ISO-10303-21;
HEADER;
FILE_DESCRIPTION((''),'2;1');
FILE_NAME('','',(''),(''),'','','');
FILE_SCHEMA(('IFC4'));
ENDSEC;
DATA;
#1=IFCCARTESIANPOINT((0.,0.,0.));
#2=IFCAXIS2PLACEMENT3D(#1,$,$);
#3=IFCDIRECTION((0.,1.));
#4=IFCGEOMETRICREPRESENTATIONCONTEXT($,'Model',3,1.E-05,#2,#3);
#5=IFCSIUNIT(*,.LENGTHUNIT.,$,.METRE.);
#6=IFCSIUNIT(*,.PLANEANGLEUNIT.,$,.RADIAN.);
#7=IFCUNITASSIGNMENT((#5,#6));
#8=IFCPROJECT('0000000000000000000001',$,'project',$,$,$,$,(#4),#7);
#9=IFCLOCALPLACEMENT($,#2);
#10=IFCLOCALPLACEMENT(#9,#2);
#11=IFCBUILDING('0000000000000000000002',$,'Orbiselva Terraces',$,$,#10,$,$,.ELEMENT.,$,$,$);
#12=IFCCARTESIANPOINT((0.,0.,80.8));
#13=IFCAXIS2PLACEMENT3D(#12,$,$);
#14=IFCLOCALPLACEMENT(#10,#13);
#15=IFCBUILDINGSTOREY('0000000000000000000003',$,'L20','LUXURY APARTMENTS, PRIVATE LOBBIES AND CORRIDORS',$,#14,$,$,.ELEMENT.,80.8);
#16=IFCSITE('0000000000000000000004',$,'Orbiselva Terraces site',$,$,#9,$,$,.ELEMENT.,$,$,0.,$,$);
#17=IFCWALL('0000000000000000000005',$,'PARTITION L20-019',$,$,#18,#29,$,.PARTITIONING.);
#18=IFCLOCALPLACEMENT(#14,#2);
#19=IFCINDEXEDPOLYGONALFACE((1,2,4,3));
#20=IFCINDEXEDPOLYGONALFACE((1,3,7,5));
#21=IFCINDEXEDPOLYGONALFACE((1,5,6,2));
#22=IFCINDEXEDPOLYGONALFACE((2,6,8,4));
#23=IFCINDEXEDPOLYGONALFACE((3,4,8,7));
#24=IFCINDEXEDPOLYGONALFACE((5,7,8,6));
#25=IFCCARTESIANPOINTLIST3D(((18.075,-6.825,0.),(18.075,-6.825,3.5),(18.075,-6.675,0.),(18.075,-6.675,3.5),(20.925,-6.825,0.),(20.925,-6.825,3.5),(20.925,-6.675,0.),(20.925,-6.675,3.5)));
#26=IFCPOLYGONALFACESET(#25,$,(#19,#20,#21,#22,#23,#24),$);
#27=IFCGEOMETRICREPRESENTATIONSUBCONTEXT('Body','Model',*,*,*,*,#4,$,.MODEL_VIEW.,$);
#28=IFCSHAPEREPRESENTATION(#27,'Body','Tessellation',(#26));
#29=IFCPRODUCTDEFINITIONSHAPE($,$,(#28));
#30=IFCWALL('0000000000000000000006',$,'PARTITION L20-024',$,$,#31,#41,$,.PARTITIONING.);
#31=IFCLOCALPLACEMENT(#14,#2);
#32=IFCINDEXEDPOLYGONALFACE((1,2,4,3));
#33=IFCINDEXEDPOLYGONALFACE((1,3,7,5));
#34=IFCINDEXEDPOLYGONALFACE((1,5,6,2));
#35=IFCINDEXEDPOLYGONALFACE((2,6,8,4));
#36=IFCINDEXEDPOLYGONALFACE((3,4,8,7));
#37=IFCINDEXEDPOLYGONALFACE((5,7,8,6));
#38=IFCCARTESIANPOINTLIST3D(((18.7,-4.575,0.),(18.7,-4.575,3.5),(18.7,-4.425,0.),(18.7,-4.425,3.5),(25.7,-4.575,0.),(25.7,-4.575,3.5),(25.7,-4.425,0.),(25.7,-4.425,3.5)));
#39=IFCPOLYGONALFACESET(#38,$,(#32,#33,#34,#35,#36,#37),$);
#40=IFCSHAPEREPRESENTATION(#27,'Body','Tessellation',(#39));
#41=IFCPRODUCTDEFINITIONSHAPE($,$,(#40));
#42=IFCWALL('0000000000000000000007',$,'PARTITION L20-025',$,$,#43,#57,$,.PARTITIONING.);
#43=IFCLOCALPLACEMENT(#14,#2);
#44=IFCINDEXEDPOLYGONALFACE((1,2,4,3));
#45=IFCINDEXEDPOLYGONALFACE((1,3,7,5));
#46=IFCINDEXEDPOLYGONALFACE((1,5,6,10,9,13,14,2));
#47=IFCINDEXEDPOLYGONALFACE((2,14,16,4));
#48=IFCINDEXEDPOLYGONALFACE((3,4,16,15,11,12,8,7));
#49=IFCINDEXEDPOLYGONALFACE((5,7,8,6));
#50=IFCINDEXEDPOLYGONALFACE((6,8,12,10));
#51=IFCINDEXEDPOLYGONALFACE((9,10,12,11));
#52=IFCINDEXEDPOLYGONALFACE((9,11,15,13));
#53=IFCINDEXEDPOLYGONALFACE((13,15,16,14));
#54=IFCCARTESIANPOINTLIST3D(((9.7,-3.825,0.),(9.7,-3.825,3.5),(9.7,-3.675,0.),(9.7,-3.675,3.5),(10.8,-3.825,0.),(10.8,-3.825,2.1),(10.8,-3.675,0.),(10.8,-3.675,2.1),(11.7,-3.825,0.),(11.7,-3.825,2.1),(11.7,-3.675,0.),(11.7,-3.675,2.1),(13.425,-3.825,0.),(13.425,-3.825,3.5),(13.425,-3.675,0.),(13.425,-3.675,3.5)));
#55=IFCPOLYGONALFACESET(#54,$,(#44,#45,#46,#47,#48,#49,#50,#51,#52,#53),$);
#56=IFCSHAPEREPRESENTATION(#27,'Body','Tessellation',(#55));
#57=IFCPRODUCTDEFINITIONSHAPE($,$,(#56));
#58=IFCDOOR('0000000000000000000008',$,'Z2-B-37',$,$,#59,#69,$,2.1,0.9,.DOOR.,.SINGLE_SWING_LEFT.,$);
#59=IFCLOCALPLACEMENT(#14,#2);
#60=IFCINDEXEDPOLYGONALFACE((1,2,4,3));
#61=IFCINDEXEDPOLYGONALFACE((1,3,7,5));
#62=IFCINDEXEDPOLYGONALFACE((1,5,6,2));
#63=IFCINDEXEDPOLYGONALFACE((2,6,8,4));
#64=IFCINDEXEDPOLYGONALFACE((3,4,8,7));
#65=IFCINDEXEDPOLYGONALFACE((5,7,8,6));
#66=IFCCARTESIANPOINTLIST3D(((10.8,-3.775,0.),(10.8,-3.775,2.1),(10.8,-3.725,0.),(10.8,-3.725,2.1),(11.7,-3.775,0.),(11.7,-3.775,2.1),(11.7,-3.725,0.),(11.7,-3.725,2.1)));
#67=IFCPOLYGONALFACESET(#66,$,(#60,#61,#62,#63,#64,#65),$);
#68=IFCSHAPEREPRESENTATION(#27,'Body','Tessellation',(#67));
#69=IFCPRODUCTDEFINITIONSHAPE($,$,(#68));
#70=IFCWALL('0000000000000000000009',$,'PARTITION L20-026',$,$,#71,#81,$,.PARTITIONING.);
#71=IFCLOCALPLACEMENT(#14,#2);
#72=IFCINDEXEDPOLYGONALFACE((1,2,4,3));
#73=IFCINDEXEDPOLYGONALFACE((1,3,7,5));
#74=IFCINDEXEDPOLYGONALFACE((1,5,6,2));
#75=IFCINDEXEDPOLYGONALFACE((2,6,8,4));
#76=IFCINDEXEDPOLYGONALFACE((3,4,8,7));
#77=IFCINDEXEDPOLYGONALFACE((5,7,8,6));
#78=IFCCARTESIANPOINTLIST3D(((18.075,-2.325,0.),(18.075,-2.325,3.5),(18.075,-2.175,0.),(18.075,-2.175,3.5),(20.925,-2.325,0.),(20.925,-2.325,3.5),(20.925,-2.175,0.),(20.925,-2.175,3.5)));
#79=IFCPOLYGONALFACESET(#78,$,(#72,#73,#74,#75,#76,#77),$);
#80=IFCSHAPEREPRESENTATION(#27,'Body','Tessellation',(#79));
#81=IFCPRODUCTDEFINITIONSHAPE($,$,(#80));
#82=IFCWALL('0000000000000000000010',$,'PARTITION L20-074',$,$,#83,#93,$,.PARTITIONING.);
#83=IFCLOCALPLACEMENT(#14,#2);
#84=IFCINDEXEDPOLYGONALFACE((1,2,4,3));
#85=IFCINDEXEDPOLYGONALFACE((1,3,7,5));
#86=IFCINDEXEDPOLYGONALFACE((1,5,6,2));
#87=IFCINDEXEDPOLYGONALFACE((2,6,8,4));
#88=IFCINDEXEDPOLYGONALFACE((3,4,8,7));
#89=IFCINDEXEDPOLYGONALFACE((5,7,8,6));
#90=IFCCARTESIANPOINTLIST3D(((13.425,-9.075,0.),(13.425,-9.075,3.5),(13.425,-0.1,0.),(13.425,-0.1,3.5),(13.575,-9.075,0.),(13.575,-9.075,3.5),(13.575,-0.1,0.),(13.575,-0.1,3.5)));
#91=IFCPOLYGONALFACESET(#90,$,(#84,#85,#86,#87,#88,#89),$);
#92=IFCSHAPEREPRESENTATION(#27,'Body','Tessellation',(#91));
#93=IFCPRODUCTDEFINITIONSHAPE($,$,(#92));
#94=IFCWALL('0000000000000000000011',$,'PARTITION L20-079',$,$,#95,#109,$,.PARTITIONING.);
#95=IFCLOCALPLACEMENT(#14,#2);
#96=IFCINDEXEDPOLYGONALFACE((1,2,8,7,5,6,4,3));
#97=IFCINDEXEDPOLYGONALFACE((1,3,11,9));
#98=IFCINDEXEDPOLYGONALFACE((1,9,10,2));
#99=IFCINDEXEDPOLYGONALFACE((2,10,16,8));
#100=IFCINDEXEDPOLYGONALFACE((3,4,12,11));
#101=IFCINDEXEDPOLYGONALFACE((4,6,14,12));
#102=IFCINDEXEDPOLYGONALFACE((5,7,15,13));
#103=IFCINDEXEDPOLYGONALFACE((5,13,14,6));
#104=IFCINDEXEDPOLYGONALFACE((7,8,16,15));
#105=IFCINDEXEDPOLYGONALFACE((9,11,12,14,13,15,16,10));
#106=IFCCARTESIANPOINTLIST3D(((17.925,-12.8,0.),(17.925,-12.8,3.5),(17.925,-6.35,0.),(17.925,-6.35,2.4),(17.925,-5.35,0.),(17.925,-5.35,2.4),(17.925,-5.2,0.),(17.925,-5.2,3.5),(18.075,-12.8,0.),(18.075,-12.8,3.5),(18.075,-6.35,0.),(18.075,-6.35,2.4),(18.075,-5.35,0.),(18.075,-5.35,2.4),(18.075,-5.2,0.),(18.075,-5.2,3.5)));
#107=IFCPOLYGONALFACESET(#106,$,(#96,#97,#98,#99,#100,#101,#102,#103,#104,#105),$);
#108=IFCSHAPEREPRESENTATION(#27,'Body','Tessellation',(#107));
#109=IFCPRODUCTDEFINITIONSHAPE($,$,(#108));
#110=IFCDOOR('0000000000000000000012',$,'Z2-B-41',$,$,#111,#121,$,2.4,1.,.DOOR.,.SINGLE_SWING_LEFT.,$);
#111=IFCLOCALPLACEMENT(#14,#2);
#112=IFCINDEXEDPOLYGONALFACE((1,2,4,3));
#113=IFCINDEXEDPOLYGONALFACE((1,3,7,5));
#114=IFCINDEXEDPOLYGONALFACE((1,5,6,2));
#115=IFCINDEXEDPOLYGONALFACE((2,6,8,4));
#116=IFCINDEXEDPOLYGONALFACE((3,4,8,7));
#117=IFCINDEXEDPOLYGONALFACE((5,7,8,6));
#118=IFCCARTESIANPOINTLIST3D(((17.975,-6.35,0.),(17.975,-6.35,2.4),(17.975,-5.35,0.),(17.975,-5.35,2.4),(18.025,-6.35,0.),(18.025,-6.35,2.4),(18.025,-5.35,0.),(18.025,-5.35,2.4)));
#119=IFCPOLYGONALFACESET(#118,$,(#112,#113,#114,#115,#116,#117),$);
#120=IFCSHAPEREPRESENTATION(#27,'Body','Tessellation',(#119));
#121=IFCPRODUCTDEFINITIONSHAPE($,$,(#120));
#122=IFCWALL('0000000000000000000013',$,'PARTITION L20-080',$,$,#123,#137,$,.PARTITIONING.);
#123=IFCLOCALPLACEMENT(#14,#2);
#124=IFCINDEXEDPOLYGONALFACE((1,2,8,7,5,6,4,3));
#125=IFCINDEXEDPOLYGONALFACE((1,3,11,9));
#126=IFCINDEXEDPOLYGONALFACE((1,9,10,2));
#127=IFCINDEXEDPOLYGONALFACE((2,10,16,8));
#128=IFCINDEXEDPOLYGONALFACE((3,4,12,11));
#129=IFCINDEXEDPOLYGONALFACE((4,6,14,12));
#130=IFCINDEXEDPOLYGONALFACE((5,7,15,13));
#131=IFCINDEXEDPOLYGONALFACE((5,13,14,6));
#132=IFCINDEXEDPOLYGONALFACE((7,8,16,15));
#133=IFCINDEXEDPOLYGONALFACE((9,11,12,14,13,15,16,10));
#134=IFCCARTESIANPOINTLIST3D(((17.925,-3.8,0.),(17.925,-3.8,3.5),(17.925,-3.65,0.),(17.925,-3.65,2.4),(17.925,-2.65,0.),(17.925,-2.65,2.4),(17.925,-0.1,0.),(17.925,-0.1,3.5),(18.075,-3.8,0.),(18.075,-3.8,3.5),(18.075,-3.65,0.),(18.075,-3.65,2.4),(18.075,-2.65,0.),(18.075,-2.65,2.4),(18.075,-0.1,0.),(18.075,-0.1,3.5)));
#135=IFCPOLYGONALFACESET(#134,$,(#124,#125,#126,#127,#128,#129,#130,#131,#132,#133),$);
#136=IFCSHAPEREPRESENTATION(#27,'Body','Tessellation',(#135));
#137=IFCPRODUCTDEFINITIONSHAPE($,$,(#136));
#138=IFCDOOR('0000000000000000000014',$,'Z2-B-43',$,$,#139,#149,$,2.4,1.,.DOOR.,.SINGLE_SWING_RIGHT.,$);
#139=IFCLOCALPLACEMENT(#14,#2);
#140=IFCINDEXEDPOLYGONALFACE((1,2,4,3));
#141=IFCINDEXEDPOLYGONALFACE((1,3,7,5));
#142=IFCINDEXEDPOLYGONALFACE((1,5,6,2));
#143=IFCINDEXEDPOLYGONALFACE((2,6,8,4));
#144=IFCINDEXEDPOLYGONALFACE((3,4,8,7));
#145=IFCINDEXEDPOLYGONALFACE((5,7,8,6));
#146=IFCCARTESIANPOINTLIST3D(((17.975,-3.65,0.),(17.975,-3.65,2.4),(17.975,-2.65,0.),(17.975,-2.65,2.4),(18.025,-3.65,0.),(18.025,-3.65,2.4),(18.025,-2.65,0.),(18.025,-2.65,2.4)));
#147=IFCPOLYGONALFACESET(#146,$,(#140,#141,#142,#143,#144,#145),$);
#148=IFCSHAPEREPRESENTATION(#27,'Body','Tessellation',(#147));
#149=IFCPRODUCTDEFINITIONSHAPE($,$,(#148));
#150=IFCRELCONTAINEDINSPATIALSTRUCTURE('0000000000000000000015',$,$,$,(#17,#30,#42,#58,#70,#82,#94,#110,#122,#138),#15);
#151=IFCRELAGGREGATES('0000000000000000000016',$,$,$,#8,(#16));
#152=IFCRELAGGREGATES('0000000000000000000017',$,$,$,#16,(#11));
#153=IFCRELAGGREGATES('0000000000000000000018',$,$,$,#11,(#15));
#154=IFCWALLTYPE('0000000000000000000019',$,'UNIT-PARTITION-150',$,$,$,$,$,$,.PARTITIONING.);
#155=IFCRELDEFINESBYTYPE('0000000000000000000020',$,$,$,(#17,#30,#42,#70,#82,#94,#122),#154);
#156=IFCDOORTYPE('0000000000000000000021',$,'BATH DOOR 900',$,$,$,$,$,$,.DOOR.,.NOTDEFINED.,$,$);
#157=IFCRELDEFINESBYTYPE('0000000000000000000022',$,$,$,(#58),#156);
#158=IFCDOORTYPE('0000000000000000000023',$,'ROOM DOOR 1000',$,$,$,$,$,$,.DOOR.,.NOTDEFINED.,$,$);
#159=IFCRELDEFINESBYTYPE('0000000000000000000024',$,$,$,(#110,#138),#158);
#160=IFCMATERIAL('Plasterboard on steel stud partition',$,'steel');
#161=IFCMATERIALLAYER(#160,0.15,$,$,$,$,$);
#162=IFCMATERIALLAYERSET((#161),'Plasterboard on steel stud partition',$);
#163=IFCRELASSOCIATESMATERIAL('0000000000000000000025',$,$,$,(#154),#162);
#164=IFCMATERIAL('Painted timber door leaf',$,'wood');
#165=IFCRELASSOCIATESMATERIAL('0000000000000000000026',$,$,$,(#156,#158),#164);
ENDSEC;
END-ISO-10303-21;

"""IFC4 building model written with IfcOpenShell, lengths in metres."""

from ifc_helpers import new_model, si_unit, direction, frame, frame_2d, origin, place, context, subcontext, project, spatial, rectangle, extrude, material, layer, layer_set, type_object, element, fill, save


model = new_model("IFC4")

# Units and contexts
model_context = context("Model", 3, precision=1e-05, world=origin(), true_north=direction((0.0, 1.0)))
body_context = subcontext(model_context, "Body", "Model", "MODEL_VIEW")
ifc_project = project(units=[si_unit("LENGTHUNIT", "METRE"), si_unit("PLANEANGLEUNIT", "RADIAN")], contexts=[model_context])

# Site, building, storey
site_placement = place(None, origin())
site = spatial("IfcSite", under=ifc_project, at=site_placement, Name="Orbiselva Terraces site", CompositionType="ELEMENT", RefElevation=0.0)
building_placement = place(site_placement, origin())
building = spatial("IfcBuilding", under=site, at=building_placement, Name="Orbiselva Terraces", CompositionType="ELEMENT")
storey_placement = place(building_placement, frame((0.0, 0.0, 80.8)))
storey = spatial("IfcBuildingStorey", under=building, at=storey_placement, Name="L20", Description="LUXURY APARTMENTS, PRIVATE LOBBIES AND CORRIDORS", CompositionType="ELEMENT", Elevation=80.8)

# Shared definitions
ifc_material_1 = material(Name="Plasterboard on steel stud partition", Category="steel")

# Shared definitions
ifc_layer_1 = layer(ifc_material_1, 0.15)
ifc_layer_set_1 = layer_set([ifc_layer_1], Name="Plasterboard on steel stud partition")
wall_type_1 = type_object("IfcWallType", Name="UNIT-PARTITION-150", PredefinedType="PARTITIONING", material=ifc_layer_set_1)
ifc_material_2 = material(Name="Painted timber door leaf", Category="wood")
door_type_1 = type_object("IfcDoorType", Name="BATH DOOR 900", OperationType="NOTDEFINED", PredefinedType="DOOR", material=ifc_material_2)

# Walls
wall_1_placement = place(storey_placement, frame((18.075, -6.75, 0.0), z_axis=(0.0, 0.0, 1.0), x_axis=(1.0, 0.0, 0.0)))
element("IfcWall", 1, at=wall_1_placement, inside=storey, type_object=wall_type_1, Name="PARTITION L20-019", PredefinedType="PARTITIONING", context=body_context, shape_type="SweptSolid", body=[
    extrude(rectangle(XDim=2.85, YDim=0.15, at=frame_2d((1.425, 0.0))), origin(), (0.0, 0.0, 1.0), 3.5),
])
wall_2_placement = place(storey_placement, frame((18.7, -4.5, 0.0), z_axis=(0.0, 0.0, 1.0), x_axis=(1.0, 0.0, 0.0)))
element("IfcWall", 2, at=wall_2_placement, inside=storey, type_object=wall_type_1, Name="PARTITION L20-024", PredefinedType="PARTITIONING", context=body_context, shape_type="SweptSolid", body=[
    extrude(rectangle(XDim=7.0, YDim=0.15, at=frame_2d((3.5, 0.0))), origin(), (0.0, 0.0, 1.0), 3.5),
])

# Wall, opening, door
wall_3_placement = place(storey_placement, frame((9.7, -3.75, 0.0), z_axis=(0.0, 0.0, 1.0), x_axis=(1.0, 0.0, 0.0)))
wall_3 = element("IfcWall", 3, at=wall_3_placement, inside=storey, type_object=wall_type_1, Name="PARTITION L20-025", PredefinedType="PARTITIONING", context=body_context, shape_type="SweptSolid", body=[
    extrude(rectangle(XDim=3.725, YDim=0.15, at=frame_2d((1.8625, 0.0))), origin(), (0.0, 0.0, 1.0), 3.5),
])
opening_1_placement = place(wall_3_placement, frame((1.1, 0.0, 0.0)))
opening_1 = element("IfcOpeningElement", 4, at=opening_1_placement, cuts=wall_3, PredefinedType="OPENING", context=body_context, shape_type="SweptSolid", body=[
    extrude(rectangle(XDim=0.9, YDim=2.1, at=frame_2d((0.45, 1.05))), frame((0.0, 0.085, 0.0), z_axis=(0.0, -1.0, 0.0), x_axis=(1.0, 0.0, 0.0)), (0.0, 0.0, 1.0), 0.17),
])
door_1_placement = place(opening_1_placement, origin())
door_1 = element("IfcDoor", 5, at=door_1_placement, inside=storey, type_object=door_type_1, Name="Z2-B-37", OperationType="SINGLE_SWING_LEFT", OverallHeight=2.1, OverallWidth=0.9, PredefinedType="DOOR", context=body_context, shape_type="SweptSolid", body=[
    extrude(rectangle(XDim=0.9, YDim=2.1, at=frame_2d((0.45, 1.05))), frame((0.0, 0.025, 0.0), z_axis=(0.0, -1.0, 0.0), x_axis=(1.0, 0.0, 0.0)), (0.0, 0.0, 1.0), 0.05),
])
fill(opening_1, door_1)

# Walls
wall_4_placement = place(storey_placement, frame((18.075, -2.25, 0.0), z_axis=(0.0, 0.0, 1.0), x_axis=(1.0, 0.0, 0.0)))
element("IfcWall", 6, at=wall_4_placement, inside=storey, type_object=wall_type_1, Name="PARTITION L20-026", PredefinedType="PARTITIONING", context=body_context, shape_type="SweptSolid", body=[
    extrude(rectangle(XDim=2.85, YDim=0.15, at=frame_2d((1.425, 0.0))), origin(), (0.0, 0.0, 1.0), 3.5),
])
wall_5_placement = place(storey_placement, frame((13.5, -9.075, 0.0), z_axis=(0.0, 0.0, 1.0), x_axis=(0.0, 1.0, 0.0)))
element("IfcWall", 7, at=wall_5_placement, inside=storey, type_object=wall_type_1, Name="PARTITION L20-074", PredefinedType="PARTITIONING", context=body_context, shape_type="SweptSolid", body=[
    extrude(rectangle(XDim=8.975, YDim=0.15, at=frame_2d((4.4875, 0.0))), origin(), (0.0, 0.0, 1.0), 3.5),
])

# Walls, openings, doors
wall_6_placement = place(storey_placement, frame((18.0, -5.2, 0.0), z_axis=(0.0, 0.0, 1.0), x_axis=(0.0, -1.0, 0.0)))
wall_6 = element("IfcWall", 8, at=wall_6_placement, inside=storey, type_object=wall_type_1, Name="PARTITION L20-079", PredefinedType="PARTITIONING", context=body_context, shape_type="SweptSolid", body=[
    extrude(rectangle(XDim=7.6, YDim=0.15, at=frame_2d((3.8, 0.0))), origin(), (0.0, 0.0, 1.0), 3.5),
])
opening_2_placement = place(wall_6_placement, frame((0.15, 0.0, 0.0)))
opening_2 = element("IfcOpeningElement", 9, at=opening_2_placement, cuts=wall_6, PredefinedType="OPENING", context=body_context, shape_type="SweptSolid", body=[
    extrude(rectangle(XDim=1.0, YDim=2.4, at=frame_2d((0.5, 1.2))), frame((0.0, 0.085, 0.0), z_axis=(0.0, -1.0, 0.0), x_axis=(1.0, 0.0, 0.0)), (0.0, 0.0, 1.0), 0.17),
])
door_type_2 = type_object("IfcDoorType", Name="ROOM DOOR 1000", OperationType="NOTDEFINED", PredefinedType="DOOR", material=ifc_material_2)
door_2_placement = place(opening_2_placement, origin())
door_2 = element("IfcDoor", 10, at=door_2_placement, inside=storey, type_object=door_type_2, Name="Z2-B-41", OperationType="SINGLE_SWING_LEFT", OverallHeight=2.4, OverallWidth=1.0, PredefinedType="DOOR", context=body_context, shape_type="SweptSolid", body=[
    extrude(rectangle(XDim=1.0, YDim=2.4, at=frame_2d((0.5, 1.2))), frame((0.0, 0.025, 0.0), z_axis=(0.0, -1.0, 0.0), x_axis=(1.0, 0.0, 0.0)), (0.0, 0.0, 1.0), 0.05),
])
fill(opening_2, door_2)
wall_7_placement = place(storey_placement, frame((18.0, -0.1, 0.0), z_axis=(0.0, 0.0, 1.0), x_axis=(0.0, -1.0, 0.0)))
wall_7 = element("IfcWall", 11, at=wall_7_placement, inside=storey, type_object=wall_type_1, Name="PARTITION L20-080", PredefinedType="PARTITIONING", context=body_context, shape_type="SweptSolid", body=[
    extrude(rectangle(XDim=3.7, YDim=0.15, at=frame_2d((1.85, 0.0))), origin(), (0.0, 0.0, 1.0), 3.5),
])
opening_3_placement = place(wall_7_placement, frame((2.55, 0.0, 0.0)))
opening_3 = element("IfcOpeningElement", 12, at=opening_3_placement, cuts=wall_7, PredefinedType="OPENING", context=body_context, shape_type="SweptSolid", body=[
    extrude(rectangle(XDim=1.0, YDim=2.4, at=frame_2d((0.5, 1.2))), frame((0.0, 0.085, 0.0), z_axis=(0.0, -1.0, 0.0), x_axis=(1.0, 0.0, 0.0)), (0.0, 0.0, 1.0), 0.17),
])
door_3_placement = place(opening_3_placement, origin())
door_3 = element("IfcDoor", 13, at=door_3_placement, inside=storey, type_object=door_type_2, Name="Z2-B-43", OperationType="SINGLE_SWING_RIGHT", OverallHeight=2.4, OverallWidth=1.0, PredefinedType="DOOR", context=body_context, shape_type="SweptSolid", body=[
    extrude(rectangle(XDim=1.0, YDim=2.4, at=frame_2d((0.5, 1.2))), frame((0.0, 0.025, 0.0), z_axis=(0.0, -1.0, 0.0), x_axis=(1.0, 0.0, 0.0)), (0.0, 0.0, 1.0), 0.05),
])
fill(opening_3, door_3)

save(model, "model.ifc")
